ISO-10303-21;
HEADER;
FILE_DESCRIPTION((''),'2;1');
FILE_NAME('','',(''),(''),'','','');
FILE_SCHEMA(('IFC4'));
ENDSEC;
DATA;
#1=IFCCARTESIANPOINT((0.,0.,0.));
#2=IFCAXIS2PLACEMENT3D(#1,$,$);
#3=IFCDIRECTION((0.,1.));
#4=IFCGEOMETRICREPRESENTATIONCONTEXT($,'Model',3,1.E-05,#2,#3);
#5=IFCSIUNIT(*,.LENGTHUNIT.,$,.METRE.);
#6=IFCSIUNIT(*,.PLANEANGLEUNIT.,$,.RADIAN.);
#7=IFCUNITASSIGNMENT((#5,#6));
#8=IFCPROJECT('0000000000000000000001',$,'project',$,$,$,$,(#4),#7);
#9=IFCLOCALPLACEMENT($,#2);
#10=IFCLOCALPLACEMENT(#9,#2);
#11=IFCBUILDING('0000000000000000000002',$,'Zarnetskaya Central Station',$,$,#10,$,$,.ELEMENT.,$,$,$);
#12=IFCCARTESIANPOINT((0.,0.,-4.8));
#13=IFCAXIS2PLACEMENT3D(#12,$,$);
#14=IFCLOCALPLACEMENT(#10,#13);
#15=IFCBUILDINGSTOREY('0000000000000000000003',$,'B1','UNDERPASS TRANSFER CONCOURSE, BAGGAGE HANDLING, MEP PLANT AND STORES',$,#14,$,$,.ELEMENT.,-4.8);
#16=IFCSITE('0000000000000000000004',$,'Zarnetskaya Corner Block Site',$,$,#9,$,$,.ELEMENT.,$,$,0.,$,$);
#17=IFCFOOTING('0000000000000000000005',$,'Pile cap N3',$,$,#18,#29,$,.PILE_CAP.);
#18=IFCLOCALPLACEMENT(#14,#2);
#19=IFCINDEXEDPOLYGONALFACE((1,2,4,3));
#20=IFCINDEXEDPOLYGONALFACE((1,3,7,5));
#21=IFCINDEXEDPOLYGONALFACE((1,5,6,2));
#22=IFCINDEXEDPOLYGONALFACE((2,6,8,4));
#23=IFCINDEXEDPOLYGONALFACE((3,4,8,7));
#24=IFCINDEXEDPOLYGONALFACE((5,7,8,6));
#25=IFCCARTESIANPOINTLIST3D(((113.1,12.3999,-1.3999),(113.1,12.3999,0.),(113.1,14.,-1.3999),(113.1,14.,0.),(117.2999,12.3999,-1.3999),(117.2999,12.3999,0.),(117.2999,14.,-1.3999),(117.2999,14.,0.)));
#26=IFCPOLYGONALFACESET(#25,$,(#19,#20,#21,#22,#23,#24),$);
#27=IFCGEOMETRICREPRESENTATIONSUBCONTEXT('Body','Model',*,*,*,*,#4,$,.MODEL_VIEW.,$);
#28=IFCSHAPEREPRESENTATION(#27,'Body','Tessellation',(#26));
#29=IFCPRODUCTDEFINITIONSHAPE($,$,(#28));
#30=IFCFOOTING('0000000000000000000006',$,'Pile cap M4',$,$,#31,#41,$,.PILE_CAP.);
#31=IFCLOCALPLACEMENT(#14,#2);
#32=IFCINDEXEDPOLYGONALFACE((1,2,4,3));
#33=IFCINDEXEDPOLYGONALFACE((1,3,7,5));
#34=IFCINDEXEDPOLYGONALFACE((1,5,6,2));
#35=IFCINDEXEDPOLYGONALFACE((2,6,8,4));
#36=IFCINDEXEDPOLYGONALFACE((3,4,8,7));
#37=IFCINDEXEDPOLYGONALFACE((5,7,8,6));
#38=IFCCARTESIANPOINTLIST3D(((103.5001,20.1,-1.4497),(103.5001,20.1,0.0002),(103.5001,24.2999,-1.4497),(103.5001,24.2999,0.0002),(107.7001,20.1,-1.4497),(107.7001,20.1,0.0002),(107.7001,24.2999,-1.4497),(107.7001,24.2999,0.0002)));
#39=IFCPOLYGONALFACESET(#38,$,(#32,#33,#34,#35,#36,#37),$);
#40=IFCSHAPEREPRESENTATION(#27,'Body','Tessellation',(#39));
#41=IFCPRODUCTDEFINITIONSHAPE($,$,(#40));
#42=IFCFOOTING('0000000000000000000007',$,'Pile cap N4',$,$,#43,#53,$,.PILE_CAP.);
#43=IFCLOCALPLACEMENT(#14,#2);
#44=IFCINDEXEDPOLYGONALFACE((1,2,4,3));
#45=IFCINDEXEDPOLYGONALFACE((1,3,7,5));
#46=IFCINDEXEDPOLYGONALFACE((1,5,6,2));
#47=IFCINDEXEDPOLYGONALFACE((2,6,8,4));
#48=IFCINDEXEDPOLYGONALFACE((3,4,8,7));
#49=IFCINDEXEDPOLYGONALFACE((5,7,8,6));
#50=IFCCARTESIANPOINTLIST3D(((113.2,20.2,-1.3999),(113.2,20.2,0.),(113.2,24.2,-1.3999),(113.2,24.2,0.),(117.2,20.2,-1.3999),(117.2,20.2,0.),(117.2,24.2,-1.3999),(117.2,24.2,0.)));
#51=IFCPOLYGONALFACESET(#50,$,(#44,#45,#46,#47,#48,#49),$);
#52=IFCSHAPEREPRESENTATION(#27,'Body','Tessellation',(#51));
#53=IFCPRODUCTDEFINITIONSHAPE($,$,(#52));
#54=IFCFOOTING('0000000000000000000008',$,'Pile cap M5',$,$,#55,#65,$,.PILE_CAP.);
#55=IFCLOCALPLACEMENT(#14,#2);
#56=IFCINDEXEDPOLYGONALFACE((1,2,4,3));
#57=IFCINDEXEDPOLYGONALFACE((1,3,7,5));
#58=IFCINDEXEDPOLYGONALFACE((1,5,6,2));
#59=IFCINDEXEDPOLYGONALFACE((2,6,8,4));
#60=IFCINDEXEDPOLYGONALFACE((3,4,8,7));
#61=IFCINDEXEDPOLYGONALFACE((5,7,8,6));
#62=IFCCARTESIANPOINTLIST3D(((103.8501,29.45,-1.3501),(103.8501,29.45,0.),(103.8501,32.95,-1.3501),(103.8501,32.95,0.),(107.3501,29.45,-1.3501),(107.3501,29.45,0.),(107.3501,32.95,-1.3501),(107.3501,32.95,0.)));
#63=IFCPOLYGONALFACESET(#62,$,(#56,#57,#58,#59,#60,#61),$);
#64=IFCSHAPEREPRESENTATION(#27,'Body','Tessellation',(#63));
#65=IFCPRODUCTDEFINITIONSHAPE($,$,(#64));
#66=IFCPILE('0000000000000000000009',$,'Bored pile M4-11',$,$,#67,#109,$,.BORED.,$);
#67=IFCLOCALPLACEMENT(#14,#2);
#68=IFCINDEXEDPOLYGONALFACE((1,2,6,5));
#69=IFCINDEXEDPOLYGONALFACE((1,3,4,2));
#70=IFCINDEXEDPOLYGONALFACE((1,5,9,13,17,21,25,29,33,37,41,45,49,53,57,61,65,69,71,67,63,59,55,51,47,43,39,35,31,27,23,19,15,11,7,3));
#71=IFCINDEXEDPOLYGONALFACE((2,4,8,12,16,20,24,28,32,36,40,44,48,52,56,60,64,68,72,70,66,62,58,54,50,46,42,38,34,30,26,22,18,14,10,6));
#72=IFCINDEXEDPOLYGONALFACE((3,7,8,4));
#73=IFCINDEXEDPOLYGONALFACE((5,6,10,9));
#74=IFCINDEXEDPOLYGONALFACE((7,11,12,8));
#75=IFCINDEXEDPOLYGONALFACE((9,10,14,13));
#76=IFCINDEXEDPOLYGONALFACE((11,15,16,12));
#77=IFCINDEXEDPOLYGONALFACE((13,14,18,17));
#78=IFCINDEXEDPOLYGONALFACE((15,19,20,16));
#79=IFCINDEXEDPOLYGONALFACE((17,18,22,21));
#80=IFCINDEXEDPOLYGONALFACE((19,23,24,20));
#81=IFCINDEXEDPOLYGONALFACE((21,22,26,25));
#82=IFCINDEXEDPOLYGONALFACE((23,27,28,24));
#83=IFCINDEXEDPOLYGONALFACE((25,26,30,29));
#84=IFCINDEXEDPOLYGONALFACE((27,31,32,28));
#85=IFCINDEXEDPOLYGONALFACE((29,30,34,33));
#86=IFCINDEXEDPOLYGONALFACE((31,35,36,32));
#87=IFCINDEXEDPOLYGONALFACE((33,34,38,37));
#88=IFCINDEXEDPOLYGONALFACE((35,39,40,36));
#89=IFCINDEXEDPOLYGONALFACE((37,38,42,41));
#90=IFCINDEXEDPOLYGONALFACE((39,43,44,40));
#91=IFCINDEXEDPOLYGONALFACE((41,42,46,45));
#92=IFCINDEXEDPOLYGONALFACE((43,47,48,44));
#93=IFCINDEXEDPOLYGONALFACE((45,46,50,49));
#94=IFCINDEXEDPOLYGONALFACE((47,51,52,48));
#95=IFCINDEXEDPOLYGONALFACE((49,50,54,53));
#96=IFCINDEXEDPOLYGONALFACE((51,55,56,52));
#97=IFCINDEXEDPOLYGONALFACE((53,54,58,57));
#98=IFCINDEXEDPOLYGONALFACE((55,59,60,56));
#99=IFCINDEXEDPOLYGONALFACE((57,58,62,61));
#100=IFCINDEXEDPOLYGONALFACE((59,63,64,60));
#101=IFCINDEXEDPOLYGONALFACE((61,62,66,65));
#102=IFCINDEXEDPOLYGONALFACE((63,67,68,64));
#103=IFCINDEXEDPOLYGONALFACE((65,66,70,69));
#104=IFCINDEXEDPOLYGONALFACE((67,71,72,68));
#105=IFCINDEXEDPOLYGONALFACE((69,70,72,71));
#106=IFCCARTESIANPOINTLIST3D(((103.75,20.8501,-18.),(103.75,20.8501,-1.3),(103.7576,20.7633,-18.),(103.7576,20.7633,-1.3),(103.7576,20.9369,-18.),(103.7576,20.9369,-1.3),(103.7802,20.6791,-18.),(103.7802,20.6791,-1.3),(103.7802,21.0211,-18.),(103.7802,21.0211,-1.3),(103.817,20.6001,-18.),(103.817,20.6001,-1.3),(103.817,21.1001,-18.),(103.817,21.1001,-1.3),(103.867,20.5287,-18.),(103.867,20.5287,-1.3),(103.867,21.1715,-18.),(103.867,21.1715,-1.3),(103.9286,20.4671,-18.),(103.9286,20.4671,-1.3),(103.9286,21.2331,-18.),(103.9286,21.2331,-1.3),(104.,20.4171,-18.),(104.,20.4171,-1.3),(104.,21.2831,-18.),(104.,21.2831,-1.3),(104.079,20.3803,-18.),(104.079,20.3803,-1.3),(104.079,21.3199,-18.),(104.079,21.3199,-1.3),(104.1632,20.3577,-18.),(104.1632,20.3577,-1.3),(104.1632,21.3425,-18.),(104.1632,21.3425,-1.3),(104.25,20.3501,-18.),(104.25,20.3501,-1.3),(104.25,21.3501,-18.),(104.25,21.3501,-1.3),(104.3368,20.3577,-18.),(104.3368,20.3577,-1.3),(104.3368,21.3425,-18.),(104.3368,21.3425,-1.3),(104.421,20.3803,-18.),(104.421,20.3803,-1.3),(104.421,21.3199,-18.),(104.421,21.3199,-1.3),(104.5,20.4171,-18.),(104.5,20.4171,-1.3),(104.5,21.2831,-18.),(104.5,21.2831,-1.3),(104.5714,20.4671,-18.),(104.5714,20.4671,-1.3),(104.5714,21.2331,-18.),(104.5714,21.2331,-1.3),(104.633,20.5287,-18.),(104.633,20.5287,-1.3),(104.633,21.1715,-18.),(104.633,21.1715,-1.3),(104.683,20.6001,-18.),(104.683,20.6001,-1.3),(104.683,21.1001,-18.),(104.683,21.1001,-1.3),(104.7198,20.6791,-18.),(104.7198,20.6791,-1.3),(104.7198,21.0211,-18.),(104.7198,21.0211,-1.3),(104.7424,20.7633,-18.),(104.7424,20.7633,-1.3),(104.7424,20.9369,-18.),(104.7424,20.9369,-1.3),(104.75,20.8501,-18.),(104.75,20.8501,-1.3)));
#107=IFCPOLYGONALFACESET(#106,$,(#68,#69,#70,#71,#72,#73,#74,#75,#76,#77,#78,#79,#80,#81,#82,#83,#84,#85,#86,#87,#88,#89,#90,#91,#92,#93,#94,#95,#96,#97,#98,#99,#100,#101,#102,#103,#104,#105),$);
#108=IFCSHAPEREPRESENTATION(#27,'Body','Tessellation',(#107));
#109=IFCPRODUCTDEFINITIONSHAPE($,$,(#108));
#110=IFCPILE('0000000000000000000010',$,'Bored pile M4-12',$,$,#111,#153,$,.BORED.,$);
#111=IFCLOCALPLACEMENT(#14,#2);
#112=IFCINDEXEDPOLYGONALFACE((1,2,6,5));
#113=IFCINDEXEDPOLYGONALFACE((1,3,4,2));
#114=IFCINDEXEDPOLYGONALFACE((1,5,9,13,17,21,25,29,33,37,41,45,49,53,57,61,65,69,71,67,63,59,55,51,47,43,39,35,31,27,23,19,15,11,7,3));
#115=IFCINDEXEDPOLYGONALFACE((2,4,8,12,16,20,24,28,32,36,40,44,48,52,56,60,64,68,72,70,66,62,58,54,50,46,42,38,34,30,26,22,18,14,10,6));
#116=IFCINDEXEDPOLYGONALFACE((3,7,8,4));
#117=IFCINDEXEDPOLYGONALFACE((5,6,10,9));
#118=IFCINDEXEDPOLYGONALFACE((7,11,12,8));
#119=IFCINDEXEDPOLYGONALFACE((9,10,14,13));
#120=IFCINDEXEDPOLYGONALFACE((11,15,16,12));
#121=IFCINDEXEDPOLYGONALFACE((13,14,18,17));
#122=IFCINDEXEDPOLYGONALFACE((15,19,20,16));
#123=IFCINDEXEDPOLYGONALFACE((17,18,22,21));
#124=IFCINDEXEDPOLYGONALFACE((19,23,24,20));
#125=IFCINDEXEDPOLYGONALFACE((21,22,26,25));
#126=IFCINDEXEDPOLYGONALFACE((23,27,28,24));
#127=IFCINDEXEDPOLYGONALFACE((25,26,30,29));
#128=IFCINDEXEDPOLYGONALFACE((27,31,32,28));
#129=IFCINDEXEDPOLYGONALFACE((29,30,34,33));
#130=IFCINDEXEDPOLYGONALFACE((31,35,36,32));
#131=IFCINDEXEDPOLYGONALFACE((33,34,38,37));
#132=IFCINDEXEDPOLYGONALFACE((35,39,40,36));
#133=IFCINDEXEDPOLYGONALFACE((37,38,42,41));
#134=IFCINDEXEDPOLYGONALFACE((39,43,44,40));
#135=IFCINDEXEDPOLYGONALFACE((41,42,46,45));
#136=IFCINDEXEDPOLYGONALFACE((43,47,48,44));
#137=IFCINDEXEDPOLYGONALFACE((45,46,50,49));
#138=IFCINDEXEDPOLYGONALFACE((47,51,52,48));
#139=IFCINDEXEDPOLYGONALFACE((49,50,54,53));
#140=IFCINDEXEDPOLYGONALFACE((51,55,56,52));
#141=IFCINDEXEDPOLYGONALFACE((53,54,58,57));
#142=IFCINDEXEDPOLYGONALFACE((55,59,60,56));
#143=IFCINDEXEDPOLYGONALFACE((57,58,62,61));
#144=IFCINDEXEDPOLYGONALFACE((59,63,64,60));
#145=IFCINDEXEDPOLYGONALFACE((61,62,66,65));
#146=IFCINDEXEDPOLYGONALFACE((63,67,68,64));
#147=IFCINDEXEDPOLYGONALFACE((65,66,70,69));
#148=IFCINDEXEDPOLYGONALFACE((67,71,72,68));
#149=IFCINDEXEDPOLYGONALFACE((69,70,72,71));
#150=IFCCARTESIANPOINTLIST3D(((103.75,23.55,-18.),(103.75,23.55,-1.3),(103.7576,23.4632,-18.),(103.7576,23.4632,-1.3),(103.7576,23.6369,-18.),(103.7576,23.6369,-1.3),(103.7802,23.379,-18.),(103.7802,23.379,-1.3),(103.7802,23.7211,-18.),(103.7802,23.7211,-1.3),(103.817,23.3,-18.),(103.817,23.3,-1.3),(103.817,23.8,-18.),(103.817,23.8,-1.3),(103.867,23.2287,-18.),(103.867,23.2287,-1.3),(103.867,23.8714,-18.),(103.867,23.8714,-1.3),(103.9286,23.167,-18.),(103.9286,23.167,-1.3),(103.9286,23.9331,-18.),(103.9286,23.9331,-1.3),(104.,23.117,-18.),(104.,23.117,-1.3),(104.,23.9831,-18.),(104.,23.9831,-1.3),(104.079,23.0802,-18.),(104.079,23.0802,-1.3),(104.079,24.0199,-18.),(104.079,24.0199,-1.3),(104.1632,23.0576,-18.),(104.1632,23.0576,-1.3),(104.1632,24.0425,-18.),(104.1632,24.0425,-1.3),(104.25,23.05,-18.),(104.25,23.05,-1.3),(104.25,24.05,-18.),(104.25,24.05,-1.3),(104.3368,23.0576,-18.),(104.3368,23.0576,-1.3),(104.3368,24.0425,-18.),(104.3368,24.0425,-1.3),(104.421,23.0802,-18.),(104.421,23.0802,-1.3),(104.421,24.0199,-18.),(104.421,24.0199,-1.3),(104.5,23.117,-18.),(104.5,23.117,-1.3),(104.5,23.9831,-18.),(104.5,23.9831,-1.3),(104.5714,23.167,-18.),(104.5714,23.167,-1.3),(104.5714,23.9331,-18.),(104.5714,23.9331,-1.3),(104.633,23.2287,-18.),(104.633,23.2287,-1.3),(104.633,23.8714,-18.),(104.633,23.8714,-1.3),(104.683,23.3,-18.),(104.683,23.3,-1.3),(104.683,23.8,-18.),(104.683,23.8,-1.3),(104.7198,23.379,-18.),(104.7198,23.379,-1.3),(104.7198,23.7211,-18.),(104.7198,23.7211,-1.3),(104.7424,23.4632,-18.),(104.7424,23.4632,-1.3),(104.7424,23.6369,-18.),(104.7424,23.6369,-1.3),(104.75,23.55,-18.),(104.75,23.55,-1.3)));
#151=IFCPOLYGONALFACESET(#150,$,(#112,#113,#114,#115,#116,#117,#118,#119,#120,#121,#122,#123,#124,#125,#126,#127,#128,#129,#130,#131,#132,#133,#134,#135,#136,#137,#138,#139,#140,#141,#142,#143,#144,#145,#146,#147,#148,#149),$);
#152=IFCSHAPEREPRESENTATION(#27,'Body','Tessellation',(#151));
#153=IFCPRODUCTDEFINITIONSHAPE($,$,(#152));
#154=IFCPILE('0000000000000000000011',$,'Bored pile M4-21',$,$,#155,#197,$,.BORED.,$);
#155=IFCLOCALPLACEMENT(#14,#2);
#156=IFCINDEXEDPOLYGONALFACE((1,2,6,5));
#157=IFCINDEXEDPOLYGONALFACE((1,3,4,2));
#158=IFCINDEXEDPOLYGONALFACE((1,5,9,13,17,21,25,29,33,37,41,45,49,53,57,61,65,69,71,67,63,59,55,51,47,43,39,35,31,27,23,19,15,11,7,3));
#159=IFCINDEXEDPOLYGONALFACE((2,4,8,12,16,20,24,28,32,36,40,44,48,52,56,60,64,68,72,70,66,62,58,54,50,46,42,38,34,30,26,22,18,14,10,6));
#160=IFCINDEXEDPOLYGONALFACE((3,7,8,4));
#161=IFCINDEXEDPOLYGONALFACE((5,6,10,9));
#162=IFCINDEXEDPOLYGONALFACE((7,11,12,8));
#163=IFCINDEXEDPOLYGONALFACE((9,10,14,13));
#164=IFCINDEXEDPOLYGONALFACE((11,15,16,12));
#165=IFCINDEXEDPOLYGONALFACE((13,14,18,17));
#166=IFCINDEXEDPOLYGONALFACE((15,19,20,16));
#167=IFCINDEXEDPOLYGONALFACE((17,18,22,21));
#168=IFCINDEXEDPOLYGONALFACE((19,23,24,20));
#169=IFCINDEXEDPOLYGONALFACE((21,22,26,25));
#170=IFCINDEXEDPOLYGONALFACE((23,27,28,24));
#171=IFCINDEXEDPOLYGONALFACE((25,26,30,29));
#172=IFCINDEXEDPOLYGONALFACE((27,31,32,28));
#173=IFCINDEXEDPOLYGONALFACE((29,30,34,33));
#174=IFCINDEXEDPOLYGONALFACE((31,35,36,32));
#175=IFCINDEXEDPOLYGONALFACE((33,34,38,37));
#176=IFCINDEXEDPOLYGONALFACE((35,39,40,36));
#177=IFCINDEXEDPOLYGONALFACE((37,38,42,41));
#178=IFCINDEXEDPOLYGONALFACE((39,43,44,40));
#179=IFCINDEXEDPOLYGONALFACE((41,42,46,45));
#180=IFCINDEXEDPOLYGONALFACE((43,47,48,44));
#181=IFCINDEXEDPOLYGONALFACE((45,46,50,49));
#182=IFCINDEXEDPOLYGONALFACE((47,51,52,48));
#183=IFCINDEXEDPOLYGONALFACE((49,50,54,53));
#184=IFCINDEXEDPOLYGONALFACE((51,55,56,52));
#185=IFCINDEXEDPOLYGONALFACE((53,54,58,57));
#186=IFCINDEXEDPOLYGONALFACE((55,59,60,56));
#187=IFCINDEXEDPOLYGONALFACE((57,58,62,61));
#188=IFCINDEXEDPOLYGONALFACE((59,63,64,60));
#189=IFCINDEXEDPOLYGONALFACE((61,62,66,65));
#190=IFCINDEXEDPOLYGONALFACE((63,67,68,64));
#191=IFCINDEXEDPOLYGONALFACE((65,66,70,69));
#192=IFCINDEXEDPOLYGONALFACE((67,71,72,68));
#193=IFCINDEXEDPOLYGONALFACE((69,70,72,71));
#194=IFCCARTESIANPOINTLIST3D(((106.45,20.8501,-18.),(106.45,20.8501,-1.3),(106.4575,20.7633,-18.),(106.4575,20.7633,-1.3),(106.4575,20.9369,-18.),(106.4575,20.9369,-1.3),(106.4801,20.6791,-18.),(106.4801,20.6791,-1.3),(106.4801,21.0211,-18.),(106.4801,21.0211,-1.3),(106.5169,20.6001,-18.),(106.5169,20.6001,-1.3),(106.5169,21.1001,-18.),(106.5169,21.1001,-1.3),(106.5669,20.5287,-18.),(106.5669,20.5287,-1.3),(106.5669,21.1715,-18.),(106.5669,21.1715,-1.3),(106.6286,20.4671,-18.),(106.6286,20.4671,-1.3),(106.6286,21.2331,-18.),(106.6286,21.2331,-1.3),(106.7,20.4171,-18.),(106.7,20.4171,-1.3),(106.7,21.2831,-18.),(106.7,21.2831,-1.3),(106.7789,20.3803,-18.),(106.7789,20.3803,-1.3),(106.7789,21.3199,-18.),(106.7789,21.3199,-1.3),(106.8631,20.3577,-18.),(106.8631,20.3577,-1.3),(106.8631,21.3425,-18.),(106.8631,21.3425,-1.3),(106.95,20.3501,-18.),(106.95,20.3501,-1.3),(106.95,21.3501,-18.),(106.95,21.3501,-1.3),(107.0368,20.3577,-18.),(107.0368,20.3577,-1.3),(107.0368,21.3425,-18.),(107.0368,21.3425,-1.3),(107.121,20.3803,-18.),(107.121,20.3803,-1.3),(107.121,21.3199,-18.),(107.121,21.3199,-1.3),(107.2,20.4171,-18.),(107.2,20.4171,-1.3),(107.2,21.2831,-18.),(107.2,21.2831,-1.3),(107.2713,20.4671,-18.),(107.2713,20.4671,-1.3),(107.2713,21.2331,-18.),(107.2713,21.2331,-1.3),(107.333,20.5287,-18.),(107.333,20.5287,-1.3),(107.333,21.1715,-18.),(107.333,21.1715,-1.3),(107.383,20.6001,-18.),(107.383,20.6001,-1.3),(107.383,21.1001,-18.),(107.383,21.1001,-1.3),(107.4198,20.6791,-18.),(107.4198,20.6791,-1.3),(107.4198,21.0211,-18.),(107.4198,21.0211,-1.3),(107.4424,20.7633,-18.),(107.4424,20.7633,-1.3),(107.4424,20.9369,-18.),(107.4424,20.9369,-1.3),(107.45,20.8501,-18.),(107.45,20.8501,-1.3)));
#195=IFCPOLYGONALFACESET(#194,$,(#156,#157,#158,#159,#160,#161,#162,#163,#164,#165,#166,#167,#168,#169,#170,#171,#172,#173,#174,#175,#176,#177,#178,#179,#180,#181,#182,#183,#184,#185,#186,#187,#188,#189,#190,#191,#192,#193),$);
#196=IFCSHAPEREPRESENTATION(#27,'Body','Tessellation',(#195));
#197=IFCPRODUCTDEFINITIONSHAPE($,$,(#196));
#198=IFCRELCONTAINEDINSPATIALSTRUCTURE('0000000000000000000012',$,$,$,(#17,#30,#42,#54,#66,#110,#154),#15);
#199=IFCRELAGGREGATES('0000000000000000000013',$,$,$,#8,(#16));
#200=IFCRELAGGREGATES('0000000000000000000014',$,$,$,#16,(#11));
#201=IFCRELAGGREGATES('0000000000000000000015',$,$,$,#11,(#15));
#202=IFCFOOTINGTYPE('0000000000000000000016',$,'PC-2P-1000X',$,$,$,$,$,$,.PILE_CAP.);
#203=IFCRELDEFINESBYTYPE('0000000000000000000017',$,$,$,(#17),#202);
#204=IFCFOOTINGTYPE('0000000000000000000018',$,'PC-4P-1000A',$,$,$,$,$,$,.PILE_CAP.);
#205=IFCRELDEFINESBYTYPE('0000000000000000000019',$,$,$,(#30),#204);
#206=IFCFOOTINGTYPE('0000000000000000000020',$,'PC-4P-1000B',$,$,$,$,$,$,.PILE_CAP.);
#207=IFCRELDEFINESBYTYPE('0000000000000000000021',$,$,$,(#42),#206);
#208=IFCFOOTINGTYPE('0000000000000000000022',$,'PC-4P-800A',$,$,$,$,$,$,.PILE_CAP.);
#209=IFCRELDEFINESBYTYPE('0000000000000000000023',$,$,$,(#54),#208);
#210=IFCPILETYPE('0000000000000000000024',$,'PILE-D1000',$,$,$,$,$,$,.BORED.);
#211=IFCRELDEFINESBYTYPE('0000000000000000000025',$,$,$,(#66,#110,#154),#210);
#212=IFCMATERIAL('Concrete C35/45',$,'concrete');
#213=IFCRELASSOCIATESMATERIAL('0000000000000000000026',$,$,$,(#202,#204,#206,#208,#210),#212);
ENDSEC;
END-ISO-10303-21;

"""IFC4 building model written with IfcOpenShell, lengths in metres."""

from ifc_helpers import new_model, si_unit, direction, frame, origin, origin_2d, place, context, subcontext, project, spatial, rectangle, circle, extrude, material, material_profile, profile_set, type_object, element, save


model = new_model("IFC4")

# Units and contexts
model_context = context("Model", 3, precision=1e-05, world=origin(), true_north=direction((0.0, 1.0)))
body_context = subcontext(model_context, "Body", "Model", "MODEL_VIEW")
ifc_project = project(units=[si_unit("LENGTHUNIT", "METRE"), si_unit("PLANEANGLEUNIT", "RADIAN")], contexts=[model_context])

# Site, building, storey
site_placement = place(None, origin())
site = spatial("IfcSite", under=ifc_project, at=site_placement, Name="Zarnetskaya Corner Block Site", CompositionType="ELEMENT", RefElevation=0.0)
building_placement = place(site_placement, origin())
building = spatial("IfcBuilding", under=site, at=building_placement, Name="Zarnetskaya Central Station", CompositionType="ELEMENT")
storey_placement = place(building_placement, frame((0.0, 0.0, -4.8)))
storey = spatial("IfcBuildingStorey", under=building, at=storey_placement, Name="B1", Description="UNDERPASS TRANSFER CONCOURSE, BAGGAGE HANDLING, MEP PLANT AND STORES", CompositionType="ELEMENT", Elevation=-4.8)

# Footings
ifc_material_1 = material(Name="Concrete C35/45", Category="concrete")
footing_type_1 = type_object("IfcFootingType", Name="PC-2P-1000X", PredefinedType="PILE_CAP", material=ifc_material_1)
footing_1_placement = place(storey_placement, frame((115.2, 13.2, -1.3999), z_axis=(0.0, 0.0, 1.0), x_axis=(1.0, 0.0, 0.0)))
element("IfcFooting", 1, at=footing_1_placement, inside=storey, type_object=footing_type_1, Name="Pile cap N3", PredefinedType="PILE_CAP", context=body_context, shape_type="SweptSolid", body=[
    extrude(rectangle(XDim=4.2, YDim=1.6001, at=origin_2d()), origin(), (0.0, 0.0, 1.0), 1.3999),
])
footing_type_2 = type_object("IfcFootingType", Name="PC-4P-1000A", PredefinedType="PILE_CAP", material=ifc_material_1)
footing_2_placement = place(storey_placement, frame((105.6001, 22.2, -1.4497), z_axis=(0.0, 0.0, 1.0), x_axis=(1.0, 0.0, 0.0)))
element("IfcFooting", 2, at=footing_2_placement, inside=storey, type_object=footing_type_2, Name="Pile cap M4", PredefinedType="PILE_CAP", context=body_context, shape_type="SweptSolid", body=[
    extrude(rectangle(XDim=4.2, YDim=4.2, at=origin_2d()), origin(), (0.0, 0.0, 1.0), 1.45),
])
footing_type_3 = type_object("IfcFootingType", Name="PC-4P-1000B", PredefinedType="PILE_CAP", material=ifc_material_1)
footing_3_placement = place(storey_placement, frame((115.2, 22.2, -1.3999), z_axis=(0.0, 0.0, 1.0), x_axis=(1.0, 0.0, 0.0)))
element("IfcFooting", 3, at=footing_3_placement, inside=storey, type_object=footing_type_3, Name="Pile cap N4", PredefinedType="PILE_CAP", context=body_context, shape_type="SweptSolid", body=[
    extrude(rectangle(XDim=4.0, YDim=4.0, at=origin_2d()), origin(), (0.0, 0.0, 1.0), 1.3999),
])
footing_type_4 = type_object("IfcFootingType", Name="PC-4P-800A", PredefinedType="PILE_CAP", material=ifc_material_1)
footing_4_placement = place(storey_placement, frame((105.6001, 31.2, -1.3501), z_axis=(0.0, 0.0, 1.0), x_axis=(1.0, 0.0, 0.0)))
element("IfcFooting", 4, at=footing_4_placement, inside=storey, type_object=footing_type_4, Name="Pile cap M5", PredefinedType="PILE_CAP", context=body_context, shape_type="SweptSolid", body=[
    extrude(rectangle(XDim=3.5, YDim=3.5, at=origin_2d()), origin(), (0.0, 0.0, 1.0), 1.3501),
])

# Piles
ifc_material_profile_1 = material_profile(ifc_material_1, circle(Radius=0.5, at=origin_2d()), Name="BORED PILE D1000")
ifc_profile_set_1 = profile_set([ifc_material_profile_1], Name="Concrete C35/45")
pile_type_1 = type_object("IfcPileType", Name="PILE-D1000", PredefinedType="BORED", material=ifc_profile_set_1)
for number, where, z_axis, x_axis, name in (
    (5, (104.25, 20.8501, -1.3), (0.0, 0.0, -1.0), (1.0, 0.0, 0.0), "Bored pile M4-11"),
    (6, (104.25, 23.55, -1.3), (0.0, 0.0, -1.0), (1.0, 0.0, 0.0), "Bored pile M4-12"),
    (7, (106.95, 20.8501, -1.3), (0.0, 0.0, -1.0), (1.0, 0.0, 0.0), "Bored pile M4-21"),
):
    element("IfcPile", number, at=place(storey_placement, frame(where, z_axis=z_axis, x_axis=x_axis)), inside=storey, type_object=pile_type_1, Name=name, PredefinedType="BORED", context=body_context, shape_type="SweptSolid", body=[
        extrude(circle(Radius=0.5, at=origin_2d()), origin(), (0.0, 0.0, 1.0), 16.7),
    ])

save(model, "model.ifc")
